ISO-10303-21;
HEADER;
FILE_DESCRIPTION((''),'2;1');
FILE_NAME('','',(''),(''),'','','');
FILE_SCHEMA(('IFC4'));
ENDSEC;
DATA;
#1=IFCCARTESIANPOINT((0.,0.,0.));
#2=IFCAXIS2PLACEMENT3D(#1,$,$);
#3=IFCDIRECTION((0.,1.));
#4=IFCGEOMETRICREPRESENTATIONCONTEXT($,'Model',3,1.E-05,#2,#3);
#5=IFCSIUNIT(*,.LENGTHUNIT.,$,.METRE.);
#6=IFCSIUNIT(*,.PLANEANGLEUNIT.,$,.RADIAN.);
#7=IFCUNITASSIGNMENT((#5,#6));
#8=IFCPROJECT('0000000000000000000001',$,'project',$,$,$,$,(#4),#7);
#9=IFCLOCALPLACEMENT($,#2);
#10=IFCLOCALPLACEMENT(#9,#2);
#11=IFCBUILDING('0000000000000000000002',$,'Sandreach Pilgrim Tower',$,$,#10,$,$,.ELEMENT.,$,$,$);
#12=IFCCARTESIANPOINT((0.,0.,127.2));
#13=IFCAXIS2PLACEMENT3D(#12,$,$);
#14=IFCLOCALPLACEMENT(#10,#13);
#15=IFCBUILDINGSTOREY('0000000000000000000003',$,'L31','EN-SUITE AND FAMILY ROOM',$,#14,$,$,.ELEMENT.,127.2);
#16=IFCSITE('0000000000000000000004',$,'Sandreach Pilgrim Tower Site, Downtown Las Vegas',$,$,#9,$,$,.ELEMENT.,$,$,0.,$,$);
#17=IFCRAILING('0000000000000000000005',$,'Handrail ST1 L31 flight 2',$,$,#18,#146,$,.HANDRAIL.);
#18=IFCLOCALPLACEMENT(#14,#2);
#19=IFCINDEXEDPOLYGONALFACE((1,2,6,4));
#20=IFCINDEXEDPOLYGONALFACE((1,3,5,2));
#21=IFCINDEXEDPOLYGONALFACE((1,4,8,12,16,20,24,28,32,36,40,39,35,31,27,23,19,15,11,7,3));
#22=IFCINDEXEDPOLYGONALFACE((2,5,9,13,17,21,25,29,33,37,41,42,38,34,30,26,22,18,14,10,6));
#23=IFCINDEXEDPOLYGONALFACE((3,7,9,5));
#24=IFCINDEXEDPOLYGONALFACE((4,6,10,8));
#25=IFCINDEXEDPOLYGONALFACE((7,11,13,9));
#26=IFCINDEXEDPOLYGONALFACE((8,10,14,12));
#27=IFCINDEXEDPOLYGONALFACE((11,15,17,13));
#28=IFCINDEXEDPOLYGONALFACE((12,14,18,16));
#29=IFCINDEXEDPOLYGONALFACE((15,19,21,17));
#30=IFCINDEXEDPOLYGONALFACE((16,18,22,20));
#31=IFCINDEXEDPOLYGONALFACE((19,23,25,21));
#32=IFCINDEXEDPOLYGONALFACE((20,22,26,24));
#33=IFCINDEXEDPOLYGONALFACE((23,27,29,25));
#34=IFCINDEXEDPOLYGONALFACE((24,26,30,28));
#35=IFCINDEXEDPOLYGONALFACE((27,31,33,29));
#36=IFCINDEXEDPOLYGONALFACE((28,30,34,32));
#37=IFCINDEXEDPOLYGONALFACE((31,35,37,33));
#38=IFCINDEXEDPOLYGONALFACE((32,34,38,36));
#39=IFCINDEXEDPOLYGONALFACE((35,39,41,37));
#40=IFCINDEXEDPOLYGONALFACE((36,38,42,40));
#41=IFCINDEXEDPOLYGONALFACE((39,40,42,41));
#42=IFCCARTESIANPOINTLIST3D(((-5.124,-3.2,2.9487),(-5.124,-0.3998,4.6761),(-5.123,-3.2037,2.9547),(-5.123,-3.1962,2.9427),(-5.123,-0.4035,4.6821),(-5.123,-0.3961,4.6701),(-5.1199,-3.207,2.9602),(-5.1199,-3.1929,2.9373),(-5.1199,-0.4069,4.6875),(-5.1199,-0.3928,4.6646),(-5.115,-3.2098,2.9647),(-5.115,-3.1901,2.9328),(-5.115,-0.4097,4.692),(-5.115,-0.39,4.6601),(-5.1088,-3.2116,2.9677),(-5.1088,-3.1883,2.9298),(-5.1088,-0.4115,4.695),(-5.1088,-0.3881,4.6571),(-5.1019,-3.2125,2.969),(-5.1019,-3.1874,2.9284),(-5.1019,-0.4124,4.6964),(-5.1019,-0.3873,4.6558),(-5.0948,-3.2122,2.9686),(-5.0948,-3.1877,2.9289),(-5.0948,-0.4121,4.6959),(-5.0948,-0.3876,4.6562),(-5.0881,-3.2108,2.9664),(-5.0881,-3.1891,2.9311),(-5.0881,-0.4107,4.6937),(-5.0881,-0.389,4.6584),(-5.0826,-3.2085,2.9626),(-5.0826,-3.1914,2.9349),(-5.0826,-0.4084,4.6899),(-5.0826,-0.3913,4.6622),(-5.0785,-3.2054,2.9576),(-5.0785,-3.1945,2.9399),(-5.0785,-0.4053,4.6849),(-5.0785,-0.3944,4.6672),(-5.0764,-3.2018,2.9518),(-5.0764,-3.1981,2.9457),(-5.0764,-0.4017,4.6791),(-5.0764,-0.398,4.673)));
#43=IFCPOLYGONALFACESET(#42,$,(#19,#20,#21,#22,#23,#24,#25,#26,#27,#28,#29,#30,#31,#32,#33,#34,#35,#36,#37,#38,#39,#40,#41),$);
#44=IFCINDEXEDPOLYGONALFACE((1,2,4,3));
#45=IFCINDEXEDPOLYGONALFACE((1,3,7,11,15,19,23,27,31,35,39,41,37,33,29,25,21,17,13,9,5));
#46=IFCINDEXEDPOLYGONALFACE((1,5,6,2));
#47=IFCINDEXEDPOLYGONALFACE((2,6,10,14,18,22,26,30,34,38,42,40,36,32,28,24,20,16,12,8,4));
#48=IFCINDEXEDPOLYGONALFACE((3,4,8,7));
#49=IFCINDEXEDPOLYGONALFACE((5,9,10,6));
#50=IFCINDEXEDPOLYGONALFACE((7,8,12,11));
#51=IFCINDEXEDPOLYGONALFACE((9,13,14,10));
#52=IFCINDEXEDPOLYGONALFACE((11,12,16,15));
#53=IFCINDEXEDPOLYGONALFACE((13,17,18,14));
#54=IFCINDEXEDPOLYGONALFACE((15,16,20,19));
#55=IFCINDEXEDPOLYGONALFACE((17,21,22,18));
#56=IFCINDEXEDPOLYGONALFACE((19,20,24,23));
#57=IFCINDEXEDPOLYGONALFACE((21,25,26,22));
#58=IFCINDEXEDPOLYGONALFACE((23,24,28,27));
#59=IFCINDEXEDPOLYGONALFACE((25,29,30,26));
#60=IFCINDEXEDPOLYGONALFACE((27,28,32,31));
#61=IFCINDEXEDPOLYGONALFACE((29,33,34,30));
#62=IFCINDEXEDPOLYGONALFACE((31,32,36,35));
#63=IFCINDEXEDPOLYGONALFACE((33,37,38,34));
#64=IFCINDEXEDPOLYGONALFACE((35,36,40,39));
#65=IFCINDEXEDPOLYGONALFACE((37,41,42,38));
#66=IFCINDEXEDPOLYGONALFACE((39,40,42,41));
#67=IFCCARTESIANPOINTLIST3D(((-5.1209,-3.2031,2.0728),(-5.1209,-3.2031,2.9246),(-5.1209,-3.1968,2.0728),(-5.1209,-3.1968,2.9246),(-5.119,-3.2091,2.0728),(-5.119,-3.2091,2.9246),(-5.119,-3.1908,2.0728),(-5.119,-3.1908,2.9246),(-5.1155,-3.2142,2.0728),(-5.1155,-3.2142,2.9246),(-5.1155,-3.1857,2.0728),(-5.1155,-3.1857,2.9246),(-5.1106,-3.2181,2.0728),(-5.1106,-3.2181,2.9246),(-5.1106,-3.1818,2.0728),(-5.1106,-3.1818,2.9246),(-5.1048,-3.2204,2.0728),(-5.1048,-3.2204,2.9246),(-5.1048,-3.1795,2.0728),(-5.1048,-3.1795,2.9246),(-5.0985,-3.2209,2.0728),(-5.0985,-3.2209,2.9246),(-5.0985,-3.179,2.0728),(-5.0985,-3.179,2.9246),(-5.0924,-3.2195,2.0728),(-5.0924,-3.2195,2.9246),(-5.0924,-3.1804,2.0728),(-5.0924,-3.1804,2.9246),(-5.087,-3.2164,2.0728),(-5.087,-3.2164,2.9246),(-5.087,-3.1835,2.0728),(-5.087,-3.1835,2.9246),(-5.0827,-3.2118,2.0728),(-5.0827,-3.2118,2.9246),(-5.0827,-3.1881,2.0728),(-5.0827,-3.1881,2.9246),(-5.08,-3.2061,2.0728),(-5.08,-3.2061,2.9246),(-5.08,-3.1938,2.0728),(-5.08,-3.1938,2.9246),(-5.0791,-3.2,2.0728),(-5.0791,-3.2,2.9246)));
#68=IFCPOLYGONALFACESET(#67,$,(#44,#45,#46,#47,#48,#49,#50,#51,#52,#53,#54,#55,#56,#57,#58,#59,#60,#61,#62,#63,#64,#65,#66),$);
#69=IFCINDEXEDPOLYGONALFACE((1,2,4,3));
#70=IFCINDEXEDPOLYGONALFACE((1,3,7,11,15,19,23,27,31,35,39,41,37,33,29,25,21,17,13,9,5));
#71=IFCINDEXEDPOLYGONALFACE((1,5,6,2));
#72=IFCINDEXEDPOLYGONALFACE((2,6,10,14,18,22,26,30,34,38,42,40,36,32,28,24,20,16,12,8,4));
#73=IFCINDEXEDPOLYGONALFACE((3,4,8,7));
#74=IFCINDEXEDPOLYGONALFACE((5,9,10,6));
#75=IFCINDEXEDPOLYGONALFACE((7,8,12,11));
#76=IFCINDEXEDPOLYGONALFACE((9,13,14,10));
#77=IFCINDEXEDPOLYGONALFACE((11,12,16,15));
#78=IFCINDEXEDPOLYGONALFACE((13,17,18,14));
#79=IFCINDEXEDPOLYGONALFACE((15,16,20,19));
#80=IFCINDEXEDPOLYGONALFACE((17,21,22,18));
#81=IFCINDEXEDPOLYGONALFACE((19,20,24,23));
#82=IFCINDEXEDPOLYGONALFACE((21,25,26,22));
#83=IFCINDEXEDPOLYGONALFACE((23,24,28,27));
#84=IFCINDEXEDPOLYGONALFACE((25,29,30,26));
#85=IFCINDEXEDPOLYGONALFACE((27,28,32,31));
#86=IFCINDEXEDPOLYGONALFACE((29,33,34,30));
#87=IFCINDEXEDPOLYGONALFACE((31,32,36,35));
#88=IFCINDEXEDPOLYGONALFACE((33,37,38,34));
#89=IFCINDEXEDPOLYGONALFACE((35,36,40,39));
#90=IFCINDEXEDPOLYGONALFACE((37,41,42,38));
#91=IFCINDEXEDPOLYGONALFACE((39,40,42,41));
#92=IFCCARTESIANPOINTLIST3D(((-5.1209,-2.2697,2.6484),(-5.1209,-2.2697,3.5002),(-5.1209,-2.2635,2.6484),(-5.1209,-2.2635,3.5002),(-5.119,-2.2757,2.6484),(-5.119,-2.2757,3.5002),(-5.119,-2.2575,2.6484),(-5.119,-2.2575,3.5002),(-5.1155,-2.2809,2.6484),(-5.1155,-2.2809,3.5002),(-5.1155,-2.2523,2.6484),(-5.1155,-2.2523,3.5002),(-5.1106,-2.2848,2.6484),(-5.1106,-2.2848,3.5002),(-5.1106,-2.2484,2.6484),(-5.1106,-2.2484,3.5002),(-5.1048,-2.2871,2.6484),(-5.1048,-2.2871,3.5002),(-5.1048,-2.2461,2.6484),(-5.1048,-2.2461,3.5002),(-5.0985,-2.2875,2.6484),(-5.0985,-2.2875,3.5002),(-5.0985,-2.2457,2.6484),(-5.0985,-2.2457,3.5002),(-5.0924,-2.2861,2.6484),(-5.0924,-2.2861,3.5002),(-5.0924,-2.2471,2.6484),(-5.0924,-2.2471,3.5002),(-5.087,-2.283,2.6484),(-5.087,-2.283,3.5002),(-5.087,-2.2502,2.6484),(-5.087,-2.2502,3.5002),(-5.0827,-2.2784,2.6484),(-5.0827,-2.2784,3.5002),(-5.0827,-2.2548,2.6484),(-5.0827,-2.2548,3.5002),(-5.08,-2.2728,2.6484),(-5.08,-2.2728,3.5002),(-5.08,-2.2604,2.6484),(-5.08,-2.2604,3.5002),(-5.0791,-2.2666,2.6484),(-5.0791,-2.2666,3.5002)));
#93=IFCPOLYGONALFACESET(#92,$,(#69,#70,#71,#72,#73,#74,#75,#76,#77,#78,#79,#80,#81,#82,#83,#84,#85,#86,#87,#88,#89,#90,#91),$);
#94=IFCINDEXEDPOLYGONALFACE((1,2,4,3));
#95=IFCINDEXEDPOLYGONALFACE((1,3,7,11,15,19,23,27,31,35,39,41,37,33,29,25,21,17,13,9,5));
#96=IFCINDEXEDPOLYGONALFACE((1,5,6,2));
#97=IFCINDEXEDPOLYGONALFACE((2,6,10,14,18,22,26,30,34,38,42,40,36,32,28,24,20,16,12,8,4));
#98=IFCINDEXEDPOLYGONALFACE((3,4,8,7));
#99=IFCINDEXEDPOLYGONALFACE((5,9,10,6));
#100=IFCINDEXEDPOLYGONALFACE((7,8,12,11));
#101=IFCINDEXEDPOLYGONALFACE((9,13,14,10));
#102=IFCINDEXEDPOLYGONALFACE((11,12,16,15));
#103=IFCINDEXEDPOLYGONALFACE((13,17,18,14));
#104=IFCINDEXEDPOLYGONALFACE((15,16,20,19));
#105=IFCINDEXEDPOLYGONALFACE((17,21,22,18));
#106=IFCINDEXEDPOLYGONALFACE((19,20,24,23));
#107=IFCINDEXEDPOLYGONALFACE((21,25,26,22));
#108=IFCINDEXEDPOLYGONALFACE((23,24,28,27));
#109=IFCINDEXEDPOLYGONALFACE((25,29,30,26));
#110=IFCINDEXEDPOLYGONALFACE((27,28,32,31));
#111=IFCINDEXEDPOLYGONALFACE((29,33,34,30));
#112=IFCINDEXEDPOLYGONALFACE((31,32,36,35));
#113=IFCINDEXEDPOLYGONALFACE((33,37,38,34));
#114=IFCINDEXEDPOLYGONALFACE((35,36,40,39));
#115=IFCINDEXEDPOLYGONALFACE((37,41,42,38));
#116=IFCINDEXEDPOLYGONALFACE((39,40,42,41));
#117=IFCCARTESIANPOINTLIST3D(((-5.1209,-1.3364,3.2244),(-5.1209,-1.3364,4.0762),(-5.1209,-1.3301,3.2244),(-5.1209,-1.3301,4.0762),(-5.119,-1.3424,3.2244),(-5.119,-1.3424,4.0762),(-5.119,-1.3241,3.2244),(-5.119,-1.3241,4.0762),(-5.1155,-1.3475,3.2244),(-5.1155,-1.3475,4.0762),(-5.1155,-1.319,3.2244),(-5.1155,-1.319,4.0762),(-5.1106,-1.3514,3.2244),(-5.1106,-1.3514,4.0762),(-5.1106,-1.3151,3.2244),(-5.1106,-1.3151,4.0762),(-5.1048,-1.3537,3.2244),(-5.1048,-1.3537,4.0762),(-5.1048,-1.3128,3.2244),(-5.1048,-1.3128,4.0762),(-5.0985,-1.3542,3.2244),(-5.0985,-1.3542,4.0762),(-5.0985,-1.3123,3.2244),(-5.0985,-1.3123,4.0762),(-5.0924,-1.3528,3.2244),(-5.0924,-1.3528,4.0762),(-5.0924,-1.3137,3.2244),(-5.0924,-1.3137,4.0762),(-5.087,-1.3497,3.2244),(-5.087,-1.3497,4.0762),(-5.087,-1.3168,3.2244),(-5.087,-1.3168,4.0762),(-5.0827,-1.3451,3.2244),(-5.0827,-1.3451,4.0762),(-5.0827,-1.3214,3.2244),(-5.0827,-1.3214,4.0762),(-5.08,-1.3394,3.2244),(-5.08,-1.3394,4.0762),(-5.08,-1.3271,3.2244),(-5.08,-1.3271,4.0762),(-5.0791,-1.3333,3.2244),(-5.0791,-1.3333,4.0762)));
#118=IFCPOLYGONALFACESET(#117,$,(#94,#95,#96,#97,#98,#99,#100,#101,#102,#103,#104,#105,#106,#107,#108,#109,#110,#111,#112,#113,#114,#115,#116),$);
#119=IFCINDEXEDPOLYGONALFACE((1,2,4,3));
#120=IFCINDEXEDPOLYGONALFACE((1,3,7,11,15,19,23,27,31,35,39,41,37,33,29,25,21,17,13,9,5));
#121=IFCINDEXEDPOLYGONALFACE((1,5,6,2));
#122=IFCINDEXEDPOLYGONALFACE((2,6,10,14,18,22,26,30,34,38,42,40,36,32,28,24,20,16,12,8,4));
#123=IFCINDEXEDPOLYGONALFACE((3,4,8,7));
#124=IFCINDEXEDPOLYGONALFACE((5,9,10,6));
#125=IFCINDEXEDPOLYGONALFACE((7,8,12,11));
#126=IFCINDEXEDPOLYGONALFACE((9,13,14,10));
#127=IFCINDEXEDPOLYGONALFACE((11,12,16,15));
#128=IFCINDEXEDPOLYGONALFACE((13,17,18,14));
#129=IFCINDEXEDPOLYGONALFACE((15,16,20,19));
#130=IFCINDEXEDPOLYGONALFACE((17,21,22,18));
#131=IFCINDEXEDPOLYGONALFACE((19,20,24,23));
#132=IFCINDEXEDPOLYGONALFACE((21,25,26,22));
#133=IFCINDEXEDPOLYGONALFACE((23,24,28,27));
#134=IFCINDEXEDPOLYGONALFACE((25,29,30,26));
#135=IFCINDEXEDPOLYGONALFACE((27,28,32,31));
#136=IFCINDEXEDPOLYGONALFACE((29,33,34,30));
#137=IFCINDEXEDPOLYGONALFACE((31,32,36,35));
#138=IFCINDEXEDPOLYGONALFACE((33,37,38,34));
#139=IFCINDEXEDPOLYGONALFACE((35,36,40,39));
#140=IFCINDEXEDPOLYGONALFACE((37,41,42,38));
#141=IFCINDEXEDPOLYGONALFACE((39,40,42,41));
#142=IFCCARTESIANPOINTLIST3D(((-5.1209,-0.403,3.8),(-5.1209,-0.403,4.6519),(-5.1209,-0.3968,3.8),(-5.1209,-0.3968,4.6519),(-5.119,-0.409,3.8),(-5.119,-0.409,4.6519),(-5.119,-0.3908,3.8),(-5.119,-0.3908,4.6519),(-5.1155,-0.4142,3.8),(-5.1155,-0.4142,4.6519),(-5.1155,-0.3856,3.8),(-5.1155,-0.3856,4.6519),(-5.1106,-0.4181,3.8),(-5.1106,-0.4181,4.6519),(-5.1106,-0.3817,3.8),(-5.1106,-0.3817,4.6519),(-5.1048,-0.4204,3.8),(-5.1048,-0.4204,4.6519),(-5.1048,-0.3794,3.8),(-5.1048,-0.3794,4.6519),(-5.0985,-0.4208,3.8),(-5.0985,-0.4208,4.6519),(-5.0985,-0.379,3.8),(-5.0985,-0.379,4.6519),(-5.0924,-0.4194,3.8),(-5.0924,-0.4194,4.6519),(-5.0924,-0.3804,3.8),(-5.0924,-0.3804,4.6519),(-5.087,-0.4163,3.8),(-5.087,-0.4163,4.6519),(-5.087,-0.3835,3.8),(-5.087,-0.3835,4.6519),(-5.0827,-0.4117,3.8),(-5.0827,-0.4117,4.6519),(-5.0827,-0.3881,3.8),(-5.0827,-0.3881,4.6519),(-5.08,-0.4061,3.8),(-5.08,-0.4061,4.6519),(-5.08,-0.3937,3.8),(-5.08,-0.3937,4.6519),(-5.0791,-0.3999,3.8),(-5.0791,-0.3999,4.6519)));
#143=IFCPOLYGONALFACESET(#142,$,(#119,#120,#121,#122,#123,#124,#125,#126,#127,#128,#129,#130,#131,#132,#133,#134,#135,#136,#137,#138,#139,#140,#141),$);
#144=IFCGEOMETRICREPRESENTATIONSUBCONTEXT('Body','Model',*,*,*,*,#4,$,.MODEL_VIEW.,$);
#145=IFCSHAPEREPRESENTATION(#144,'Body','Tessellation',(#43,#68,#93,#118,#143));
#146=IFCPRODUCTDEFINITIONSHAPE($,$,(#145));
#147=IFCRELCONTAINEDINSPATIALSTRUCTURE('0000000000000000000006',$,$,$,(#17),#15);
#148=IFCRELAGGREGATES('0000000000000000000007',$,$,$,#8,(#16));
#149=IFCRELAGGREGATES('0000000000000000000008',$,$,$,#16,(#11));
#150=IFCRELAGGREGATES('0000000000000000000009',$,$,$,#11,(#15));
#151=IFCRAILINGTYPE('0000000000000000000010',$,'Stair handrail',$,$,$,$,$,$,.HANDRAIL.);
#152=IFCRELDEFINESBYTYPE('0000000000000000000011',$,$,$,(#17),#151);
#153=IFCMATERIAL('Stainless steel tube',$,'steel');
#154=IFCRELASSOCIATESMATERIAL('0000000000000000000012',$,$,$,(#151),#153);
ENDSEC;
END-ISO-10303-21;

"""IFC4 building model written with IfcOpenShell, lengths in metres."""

from ifc_helpers import new_model, si_unit, direction, frame, origin, origin_2d, place, context, subcontext, project, spatial, circle, extrude, material, type_object, element, save


model = new_model("IFC4")

# Units and contexts
model_context = context("Model", 3, precision=1e-05, world=origin(), true_north=direction((0.0, 1.0)))
body_context = subcontext(model_context, "Body", "Model", "MODEL_VIEW")
ifc_project = project(units=[si_unit("LENGTHUNIT", "METRE"), si_unit("PLANEANGLEUNIT", "RADIAN")], contexts=[model_context])

# Site, building, storey
site_placement = place(None, origin())
site = spatial("IfcSite", under=ifc_project, at=site_placement, Name="Sandreach Pilgrim Tower Site, Downtown Las Vegas", CompositionType="ELEMENT", RefElevation=0.0)
building_placement = place(site_placement, origin())
building = spatial("IfcBuilding", under=site, at=building_placement, Name="Sandreach Pilgrim Tower", CompositionType="ELEMENT")
storey_placement = place(building_placement, frame((0.0, 0.0, 127.2)))
storey = spatial("IfcBuildingStorey", under=building, at=storey_placement, Name="L31", Description="EN-SUITE AND FAMILY ROOM", CompositionType="ELEMENT", Elevation=127.2)

# Railing
ifc_material_1 = material(Name="Stainless steel tube", Category="steel")
railing_type = type_object("IfcRailingType", Name="Stair handrail", PredefinedType="HANDRAIL", material=ifc_material_1)
for number, where, name in (
    (1, (-5.1001, -3.2, 2.0728), "Handrail ST1 L31 flight 2"),
):
    element("IfcRailing", number, at=place(storey_placement, frame(where)), inside=storey, type_object=railing_type, Name=name, PredefinedType="HANDRAIL", context=body_context, shape_type="SweptSolid", body=[
        extrude(circle(Radius=0.0239, at=origin_2d()), frame((0.0, 0.0, 0.876), z_axis=(0.0, 0.85109, 0.52502), x_axis=(-1.0, 0.0, 0.0)), (0.0, 0.0, 1.0), 3.29),
        extrude(circle(Radius=0.021, at=origin_2d()), origin(), (0.0, 0.0, 1.0), 0.8518),
        extrude(circle(Radius=0.021, at=origin_2d()), frame((0.0, 0.9333, 0.5757)), (0.0, 0.0, 1.0), 0.8518),
        extrude(circle(Radius=0.021, at=origin_2d()), frame((0.0, 1.8667, 1.1516)), (0.0, 0.0, 1.0), 0.8518),
        extrude(circle(Radius=0.021, at=origin_2d()), frame((0.0, 2.8, 1.7273)), (0.0, 0.0, 1.0), 0.8518),
    ])

save(model, "model.ifc")
